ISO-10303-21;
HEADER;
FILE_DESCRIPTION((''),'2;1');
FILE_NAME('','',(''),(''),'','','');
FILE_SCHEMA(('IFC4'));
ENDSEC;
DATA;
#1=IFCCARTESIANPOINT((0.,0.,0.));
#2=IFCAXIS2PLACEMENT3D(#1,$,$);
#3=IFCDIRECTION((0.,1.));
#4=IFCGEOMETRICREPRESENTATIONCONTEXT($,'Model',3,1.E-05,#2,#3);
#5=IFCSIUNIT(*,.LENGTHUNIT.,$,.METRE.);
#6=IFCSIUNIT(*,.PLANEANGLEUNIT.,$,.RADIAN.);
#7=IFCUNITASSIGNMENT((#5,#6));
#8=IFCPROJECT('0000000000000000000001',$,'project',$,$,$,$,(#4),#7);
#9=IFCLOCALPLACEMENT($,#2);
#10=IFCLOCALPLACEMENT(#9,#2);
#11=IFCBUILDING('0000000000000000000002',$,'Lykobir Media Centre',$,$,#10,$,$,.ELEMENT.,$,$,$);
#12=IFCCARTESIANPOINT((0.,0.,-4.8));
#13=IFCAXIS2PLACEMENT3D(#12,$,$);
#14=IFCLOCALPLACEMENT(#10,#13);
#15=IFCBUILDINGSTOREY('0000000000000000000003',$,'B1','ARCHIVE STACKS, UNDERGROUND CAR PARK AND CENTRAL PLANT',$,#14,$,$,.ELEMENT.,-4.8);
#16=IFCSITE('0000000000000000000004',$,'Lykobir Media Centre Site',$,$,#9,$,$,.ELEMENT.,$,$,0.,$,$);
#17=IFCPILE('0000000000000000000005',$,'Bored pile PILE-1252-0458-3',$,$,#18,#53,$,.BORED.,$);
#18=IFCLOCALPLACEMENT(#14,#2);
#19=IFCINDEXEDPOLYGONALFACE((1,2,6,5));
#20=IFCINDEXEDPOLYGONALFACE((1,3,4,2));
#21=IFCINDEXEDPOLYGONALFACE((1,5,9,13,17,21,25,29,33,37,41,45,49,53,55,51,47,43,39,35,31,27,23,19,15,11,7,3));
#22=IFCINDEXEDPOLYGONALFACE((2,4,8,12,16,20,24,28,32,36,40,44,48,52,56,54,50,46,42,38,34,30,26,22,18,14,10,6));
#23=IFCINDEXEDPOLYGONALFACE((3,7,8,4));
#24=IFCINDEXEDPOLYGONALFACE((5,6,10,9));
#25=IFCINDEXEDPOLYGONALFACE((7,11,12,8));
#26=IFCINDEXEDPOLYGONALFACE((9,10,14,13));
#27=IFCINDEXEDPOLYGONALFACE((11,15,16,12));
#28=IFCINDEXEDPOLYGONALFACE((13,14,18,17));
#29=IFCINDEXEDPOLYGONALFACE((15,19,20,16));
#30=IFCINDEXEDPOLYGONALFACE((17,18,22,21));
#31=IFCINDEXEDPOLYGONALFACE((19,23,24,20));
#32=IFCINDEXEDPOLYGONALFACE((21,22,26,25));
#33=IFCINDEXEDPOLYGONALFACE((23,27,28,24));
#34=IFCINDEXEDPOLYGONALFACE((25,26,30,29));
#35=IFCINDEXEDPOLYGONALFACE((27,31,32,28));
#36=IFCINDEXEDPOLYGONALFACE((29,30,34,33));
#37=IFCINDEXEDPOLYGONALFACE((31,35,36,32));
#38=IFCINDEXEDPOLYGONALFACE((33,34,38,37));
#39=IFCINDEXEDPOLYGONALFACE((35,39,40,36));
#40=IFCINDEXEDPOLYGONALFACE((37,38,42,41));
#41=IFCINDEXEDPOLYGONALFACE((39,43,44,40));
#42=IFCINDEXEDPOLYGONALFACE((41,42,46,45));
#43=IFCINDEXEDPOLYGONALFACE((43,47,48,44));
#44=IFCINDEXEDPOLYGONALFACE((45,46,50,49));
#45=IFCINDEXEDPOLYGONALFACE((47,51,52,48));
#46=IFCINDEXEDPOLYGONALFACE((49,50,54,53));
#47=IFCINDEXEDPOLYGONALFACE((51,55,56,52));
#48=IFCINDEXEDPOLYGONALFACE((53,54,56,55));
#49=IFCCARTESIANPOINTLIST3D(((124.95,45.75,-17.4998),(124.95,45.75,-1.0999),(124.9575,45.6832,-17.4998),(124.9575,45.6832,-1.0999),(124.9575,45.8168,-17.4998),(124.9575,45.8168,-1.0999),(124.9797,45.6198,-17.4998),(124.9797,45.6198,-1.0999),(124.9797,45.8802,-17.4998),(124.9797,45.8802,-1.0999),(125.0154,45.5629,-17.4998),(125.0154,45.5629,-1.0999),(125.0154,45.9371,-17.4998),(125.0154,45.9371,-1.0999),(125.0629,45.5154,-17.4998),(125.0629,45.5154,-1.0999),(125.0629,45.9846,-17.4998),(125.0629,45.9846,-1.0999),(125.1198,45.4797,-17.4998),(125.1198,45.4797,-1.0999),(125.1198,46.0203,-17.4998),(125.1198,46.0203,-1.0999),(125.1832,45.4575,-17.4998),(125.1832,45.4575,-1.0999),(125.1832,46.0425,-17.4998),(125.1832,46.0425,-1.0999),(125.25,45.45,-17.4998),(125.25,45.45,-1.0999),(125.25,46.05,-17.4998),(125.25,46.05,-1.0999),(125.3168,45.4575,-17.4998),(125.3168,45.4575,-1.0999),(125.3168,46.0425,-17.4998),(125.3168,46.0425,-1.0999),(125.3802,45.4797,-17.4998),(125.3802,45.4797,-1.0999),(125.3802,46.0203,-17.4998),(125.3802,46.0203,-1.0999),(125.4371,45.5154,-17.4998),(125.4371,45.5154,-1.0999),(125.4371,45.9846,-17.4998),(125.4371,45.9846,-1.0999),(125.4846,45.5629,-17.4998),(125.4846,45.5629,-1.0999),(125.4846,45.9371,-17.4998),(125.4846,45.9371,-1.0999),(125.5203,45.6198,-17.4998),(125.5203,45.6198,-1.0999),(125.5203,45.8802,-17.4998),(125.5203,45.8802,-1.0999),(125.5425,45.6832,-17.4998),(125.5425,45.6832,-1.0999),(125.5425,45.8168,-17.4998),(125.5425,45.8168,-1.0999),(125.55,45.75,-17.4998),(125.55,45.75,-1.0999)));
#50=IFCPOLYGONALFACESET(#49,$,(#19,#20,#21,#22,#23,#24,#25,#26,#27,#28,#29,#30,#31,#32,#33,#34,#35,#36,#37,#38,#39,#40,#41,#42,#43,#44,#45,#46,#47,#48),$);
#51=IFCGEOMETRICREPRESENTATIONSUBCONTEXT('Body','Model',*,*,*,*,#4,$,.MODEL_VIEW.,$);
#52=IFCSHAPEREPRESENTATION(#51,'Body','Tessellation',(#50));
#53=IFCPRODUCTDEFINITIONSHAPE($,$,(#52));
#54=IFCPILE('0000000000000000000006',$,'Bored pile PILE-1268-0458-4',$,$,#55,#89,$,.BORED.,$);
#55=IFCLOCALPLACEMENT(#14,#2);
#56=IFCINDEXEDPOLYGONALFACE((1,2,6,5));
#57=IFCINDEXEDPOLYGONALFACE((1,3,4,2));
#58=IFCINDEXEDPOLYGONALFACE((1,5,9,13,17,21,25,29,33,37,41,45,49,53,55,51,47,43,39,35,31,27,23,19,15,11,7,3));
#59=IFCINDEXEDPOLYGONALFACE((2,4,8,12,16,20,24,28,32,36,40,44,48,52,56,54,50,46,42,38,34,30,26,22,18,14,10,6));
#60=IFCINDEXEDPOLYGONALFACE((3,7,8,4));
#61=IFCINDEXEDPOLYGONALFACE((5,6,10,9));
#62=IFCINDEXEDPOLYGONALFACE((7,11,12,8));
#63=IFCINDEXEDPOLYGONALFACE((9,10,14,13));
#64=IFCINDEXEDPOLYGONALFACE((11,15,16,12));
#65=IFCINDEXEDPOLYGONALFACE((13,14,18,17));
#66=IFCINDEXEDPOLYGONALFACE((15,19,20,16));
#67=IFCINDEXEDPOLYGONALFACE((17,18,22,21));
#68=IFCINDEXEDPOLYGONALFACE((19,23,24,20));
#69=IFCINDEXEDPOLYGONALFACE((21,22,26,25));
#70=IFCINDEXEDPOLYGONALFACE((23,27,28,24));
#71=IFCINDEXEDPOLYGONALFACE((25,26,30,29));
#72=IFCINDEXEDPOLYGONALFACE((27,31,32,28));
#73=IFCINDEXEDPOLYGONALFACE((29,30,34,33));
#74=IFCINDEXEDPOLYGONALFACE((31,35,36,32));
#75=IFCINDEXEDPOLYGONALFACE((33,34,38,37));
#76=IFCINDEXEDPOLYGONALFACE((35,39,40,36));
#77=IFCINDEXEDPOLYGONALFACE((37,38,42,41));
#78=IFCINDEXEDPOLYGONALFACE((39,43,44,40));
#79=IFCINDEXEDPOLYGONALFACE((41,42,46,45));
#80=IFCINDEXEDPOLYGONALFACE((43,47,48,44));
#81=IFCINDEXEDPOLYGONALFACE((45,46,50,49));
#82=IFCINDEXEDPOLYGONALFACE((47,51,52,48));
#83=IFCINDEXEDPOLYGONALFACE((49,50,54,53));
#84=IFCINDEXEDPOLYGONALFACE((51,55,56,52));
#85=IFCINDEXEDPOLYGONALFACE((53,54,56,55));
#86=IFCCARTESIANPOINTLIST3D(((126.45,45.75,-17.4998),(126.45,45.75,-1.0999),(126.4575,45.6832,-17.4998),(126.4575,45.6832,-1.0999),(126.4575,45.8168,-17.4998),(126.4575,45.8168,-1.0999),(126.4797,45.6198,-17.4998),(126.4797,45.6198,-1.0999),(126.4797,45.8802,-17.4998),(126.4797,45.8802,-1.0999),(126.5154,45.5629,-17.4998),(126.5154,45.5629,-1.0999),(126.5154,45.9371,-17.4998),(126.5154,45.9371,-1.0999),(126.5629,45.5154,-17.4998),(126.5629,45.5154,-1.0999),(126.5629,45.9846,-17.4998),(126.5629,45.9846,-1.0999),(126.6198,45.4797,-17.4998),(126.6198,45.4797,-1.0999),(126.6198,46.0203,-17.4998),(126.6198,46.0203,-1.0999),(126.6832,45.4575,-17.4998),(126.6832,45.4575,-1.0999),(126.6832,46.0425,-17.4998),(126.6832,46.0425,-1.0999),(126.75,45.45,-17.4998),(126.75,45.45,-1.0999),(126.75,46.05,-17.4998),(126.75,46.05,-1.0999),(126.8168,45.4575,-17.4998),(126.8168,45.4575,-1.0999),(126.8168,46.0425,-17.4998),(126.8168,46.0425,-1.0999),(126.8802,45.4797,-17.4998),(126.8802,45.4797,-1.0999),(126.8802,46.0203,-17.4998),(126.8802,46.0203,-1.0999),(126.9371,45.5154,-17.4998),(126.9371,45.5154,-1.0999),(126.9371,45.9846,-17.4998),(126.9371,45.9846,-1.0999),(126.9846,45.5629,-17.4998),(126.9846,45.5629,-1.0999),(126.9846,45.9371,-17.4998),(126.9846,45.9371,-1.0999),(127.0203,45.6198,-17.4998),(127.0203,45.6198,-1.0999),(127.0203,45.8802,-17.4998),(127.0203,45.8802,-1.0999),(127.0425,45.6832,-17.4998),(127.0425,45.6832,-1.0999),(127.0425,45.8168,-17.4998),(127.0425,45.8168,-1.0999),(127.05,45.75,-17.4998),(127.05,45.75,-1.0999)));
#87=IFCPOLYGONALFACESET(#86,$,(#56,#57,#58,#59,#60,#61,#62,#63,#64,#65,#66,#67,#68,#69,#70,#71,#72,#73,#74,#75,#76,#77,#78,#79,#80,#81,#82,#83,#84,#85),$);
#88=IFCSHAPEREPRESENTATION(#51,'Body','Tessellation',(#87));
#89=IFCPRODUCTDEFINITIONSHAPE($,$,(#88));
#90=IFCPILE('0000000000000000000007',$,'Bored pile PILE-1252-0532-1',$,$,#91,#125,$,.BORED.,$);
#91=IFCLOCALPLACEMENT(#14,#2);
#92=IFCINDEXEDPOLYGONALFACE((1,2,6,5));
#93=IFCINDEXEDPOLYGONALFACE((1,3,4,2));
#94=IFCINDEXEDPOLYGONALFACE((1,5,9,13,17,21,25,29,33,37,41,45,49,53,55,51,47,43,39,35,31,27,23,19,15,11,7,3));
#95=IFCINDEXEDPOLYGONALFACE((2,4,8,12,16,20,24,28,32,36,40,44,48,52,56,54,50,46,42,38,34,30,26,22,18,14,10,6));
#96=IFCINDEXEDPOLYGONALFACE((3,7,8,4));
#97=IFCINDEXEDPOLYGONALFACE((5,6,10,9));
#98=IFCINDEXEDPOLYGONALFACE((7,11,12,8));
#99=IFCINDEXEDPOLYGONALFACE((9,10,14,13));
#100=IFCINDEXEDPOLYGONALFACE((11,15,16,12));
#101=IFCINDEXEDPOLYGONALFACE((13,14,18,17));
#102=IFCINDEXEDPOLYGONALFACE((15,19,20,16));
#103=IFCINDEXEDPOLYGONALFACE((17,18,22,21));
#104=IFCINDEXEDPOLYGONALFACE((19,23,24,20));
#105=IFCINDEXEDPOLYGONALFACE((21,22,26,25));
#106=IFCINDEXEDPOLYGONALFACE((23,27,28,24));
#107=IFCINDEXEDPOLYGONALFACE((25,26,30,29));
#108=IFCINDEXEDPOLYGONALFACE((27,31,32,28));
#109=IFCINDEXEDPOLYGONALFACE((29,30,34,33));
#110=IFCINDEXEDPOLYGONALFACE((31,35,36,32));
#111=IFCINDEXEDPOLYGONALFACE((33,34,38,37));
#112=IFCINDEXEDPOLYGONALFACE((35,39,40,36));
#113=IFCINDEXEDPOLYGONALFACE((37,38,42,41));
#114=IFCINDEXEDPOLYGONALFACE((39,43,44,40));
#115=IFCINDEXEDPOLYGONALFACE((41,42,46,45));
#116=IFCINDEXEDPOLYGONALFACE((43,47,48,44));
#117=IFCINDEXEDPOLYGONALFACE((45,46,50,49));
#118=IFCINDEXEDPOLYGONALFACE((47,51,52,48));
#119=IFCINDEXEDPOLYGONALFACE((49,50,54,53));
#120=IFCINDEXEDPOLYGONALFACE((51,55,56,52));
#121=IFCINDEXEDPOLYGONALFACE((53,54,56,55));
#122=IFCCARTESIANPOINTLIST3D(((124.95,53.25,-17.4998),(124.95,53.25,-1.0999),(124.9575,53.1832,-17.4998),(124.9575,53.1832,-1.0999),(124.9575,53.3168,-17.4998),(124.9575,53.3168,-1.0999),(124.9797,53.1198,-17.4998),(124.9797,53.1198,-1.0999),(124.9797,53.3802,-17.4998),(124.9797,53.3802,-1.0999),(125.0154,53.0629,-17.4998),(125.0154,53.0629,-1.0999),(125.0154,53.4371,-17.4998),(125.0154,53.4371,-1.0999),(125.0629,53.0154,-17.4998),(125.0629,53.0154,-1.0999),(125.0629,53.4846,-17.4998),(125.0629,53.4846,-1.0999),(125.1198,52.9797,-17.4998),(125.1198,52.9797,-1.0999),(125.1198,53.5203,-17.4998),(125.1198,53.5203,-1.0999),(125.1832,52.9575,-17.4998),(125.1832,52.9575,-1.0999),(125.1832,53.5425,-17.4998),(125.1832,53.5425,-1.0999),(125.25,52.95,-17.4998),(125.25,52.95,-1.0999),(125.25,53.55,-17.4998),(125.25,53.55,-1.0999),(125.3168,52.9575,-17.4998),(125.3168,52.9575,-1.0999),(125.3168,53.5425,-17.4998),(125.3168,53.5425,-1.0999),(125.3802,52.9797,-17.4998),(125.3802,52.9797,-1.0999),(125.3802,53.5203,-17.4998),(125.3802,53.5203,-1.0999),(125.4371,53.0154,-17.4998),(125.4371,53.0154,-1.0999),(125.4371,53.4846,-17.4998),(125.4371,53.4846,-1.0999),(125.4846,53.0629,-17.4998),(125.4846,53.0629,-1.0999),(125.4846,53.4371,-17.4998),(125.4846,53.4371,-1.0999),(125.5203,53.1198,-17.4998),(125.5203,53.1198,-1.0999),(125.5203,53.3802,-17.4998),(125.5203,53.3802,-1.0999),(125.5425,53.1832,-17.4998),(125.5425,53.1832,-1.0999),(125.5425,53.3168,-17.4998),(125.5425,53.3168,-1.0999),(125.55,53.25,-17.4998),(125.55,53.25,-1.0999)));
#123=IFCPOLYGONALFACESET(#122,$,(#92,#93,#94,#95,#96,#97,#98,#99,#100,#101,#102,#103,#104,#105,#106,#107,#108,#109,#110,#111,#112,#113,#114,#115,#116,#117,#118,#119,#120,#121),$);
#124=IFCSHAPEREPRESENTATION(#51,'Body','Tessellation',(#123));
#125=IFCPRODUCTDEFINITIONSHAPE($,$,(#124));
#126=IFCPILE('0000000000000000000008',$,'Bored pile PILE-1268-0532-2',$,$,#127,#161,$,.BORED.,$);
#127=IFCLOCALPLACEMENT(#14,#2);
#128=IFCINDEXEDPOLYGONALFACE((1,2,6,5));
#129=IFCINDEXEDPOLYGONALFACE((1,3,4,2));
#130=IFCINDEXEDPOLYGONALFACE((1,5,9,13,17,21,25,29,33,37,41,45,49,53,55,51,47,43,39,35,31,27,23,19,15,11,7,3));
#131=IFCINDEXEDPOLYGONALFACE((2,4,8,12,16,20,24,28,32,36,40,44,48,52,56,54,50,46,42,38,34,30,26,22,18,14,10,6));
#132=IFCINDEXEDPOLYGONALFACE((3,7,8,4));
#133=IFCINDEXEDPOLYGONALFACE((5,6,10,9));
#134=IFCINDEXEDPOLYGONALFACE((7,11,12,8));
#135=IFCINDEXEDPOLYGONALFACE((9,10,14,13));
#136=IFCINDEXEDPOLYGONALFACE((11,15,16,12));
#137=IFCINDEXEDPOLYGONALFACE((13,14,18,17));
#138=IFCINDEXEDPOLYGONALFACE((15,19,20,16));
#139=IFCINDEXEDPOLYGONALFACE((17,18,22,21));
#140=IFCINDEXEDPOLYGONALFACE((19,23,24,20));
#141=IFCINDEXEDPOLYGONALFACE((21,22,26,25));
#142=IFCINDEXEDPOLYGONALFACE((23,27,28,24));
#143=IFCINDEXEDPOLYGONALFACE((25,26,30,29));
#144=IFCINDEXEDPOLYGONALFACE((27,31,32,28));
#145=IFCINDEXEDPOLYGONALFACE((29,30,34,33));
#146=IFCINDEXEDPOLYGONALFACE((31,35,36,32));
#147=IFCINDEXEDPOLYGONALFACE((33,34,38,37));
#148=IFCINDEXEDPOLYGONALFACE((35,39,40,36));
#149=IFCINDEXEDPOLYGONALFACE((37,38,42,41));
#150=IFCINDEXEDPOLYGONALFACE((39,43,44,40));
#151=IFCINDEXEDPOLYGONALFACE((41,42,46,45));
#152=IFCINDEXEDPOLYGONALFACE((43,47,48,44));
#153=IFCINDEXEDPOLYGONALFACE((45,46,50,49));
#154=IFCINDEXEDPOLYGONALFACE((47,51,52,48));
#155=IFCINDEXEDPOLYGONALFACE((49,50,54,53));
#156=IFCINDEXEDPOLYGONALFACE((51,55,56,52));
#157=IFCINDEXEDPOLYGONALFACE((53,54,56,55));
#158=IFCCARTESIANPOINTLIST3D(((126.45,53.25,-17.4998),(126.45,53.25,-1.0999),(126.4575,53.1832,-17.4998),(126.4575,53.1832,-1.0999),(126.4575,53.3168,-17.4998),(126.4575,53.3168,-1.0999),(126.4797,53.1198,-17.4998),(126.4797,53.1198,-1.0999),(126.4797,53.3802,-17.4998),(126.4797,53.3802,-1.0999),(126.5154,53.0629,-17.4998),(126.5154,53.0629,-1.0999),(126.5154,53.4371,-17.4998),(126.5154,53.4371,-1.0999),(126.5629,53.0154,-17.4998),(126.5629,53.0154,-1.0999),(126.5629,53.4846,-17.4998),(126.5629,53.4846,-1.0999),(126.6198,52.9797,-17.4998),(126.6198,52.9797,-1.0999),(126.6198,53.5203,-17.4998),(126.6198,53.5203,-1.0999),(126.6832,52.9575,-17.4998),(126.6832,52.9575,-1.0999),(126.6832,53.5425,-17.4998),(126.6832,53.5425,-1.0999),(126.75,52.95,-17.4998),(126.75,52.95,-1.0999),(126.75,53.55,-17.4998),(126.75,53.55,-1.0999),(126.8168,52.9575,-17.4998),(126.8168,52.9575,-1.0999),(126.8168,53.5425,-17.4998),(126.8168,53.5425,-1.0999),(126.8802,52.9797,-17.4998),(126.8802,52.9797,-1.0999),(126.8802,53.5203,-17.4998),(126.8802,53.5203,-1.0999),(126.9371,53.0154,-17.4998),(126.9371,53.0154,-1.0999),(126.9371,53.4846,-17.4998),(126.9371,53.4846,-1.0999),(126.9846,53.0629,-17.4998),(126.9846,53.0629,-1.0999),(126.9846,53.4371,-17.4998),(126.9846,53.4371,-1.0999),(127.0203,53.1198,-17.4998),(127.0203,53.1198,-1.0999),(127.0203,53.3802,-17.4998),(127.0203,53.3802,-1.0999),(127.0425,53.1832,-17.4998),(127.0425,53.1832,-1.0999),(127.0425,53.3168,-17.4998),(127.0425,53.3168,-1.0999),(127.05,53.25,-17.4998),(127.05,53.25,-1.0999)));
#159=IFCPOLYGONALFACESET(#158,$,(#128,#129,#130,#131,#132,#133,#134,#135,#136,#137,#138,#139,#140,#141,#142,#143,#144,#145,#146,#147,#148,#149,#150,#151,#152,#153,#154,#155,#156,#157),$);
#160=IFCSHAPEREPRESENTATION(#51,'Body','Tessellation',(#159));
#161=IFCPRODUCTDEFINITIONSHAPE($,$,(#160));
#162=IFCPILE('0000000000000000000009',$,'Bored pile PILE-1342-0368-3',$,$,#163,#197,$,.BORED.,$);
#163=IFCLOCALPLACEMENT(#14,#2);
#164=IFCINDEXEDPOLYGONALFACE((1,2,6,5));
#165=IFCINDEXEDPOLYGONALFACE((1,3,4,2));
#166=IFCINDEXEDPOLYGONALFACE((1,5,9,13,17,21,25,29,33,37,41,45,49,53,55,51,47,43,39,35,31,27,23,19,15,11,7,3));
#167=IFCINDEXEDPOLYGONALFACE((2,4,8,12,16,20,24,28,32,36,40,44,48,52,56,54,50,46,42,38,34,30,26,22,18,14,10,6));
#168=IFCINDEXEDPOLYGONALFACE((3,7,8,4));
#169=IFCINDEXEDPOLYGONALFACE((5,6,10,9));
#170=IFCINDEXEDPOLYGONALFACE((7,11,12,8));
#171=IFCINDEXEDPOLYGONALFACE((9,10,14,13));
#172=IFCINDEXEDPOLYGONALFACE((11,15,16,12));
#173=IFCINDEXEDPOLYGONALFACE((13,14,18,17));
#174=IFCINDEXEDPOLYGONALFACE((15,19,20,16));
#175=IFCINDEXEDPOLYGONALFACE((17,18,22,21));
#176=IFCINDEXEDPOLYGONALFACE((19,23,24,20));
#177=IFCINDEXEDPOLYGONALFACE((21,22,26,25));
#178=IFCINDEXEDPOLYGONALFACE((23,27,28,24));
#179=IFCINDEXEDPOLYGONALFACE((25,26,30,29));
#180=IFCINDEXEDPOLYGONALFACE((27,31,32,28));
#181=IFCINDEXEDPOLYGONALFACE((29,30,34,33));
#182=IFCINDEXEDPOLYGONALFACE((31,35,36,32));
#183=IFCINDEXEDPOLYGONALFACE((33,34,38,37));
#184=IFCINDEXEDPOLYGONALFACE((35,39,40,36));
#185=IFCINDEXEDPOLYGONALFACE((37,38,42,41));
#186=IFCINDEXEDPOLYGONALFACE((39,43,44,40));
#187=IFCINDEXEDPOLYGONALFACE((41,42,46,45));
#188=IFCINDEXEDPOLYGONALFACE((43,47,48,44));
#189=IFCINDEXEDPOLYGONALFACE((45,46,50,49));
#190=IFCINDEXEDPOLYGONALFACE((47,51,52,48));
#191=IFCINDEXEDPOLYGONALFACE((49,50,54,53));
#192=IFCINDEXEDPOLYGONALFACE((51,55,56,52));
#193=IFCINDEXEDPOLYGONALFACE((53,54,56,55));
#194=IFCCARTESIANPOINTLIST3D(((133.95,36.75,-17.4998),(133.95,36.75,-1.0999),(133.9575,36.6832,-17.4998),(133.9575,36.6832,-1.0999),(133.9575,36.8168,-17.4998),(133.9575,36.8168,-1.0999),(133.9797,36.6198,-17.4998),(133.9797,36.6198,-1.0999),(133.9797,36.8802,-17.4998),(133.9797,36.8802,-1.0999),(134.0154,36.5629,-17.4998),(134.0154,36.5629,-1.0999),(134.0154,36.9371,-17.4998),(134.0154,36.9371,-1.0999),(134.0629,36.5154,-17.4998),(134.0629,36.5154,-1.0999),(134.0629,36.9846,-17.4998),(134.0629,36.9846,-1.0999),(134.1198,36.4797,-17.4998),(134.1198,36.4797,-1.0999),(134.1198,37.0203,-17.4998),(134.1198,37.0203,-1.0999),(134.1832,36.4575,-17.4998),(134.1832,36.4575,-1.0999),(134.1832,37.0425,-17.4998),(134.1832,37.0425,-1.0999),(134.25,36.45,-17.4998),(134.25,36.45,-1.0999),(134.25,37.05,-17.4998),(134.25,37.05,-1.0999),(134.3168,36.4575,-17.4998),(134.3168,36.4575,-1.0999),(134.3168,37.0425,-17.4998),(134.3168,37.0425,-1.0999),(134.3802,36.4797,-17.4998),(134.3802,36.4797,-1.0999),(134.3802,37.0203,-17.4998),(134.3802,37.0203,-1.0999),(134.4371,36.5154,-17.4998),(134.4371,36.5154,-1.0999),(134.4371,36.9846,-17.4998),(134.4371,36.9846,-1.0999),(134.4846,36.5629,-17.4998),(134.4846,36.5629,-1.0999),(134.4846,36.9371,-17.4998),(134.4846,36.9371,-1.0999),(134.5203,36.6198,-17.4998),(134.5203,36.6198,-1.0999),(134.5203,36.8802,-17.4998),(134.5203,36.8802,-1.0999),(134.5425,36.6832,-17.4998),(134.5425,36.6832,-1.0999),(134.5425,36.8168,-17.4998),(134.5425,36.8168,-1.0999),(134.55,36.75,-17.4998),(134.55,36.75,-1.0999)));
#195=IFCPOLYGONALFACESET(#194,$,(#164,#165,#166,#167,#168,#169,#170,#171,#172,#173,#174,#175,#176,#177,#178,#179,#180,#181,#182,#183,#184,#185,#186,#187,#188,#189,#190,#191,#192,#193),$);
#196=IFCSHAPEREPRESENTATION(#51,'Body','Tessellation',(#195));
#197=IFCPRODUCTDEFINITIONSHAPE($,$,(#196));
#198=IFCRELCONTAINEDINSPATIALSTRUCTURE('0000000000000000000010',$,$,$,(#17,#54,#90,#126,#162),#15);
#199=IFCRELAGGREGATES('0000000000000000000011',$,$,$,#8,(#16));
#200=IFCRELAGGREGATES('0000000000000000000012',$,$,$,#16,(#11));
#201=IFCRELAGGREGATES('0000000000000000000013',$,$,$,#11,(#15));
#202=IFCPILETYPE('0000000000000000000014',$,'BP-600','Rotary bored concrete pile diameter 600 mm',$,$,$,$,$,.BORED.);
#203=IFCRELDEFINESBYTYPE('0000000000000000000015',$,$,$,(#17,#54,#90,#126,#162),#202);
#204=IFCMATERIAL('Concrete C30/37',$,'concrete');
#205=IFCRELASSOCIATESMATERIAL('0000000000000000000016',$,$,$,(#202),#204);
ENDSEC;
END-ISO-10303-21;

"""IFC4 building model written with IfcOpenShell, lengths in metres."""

from ifc_helpers import new_model, si_unit, direction, frame, origin, origin_2d, place, context, subcontext, project, spatial, circle, extrude, material, material_profile, profile_set, type_object, element, save


model = new_model("IFC4")

# Units and contexts
model_context = context("Model", 3, precision=1e-05, world=origin(), true_north=direction((0.0, 1.0)))
body_context = subcontext(model_context, "Body", "Model", "MODEL_VIEW")
ifc_project = project(units=[si_unit("LENGTHUNIT", "METRE"), si_unit("PLANEANGLEUNIT", "RADIAN")], contexts=[model_context])

# Site, building, storey
site_placement = place(None, origin())
site = spatial("IfcSite", under=ifc_project, at=site_placement, Name="Lykobir Media Centre Site", CompositionType="ELEMENT", RefElevation=0.0)
building_placement = place(site_placement, origin())
building = spatial("IfcBuilding", under=site, at=building_placement, Name="Lykobir Media Centre", CompositionType="ELEMENT")
storey_placement = place(building_placement, frame((0.0, 0.0, -4.8)))
storey = spatial("IfcBuildingStorey", under=building, at=storey_placement, Name="B1", Description="ARCHIVE STACKS, UNDERGROUND CAR PARK AND CENTRAL PLANT", CompositionType="ELEMENT", Elevation=-4.8)

# Piles
ifc_material_1 = material(Name="Concrete C30/37", Category="concrete")
ifc_material_profile_1 = material_profile(ifc_material_1, circle(Radius=0.3, at=origin_2d()), Name="BORED PILE D600")
ifc_profile_set_1 = profile_set([ifc_material_profile_1], Name="Concrete C30/37")
pile_type = type_object("IfcPileType", Name="BP-600", Description="Rotary bored concrete pile diameter 600 mm", PredefinedType="BORED", material=ifc_profile_set_1)
for number, where, z_axis, x_axis, name in (
    (1, (125.25, 45.75, -1.0999), (0.0, 0.0, -1.0), (1.0, 0.0, 0.0), "Bored pile PILE-1252-0458-3"),
    (2, (126.75, 45.75, -1.0999), (0.0, 0.0, -1.0), (1.0, 0.0, 0.0), "Bored pile PILE-1268-0458-4"),
    (3, (125.25, 53.25, -1.0999), (0.0, 0.0, -1.0), (1.0, 0.0, 0.0), "Bored pile PILE-1252-0532-1"),
    (4, (126.75, 53.25, -1.0999), (0.0, 0.0, -1.0), (1.0, 0.0, 0.0), "Bored pile PILE-1268-0532-2"),
    (5, (134.25, 36.75, -1.0999), (0.0, 0.0, -1.0), (1.0, 0.0, 0.0), "Bored pile PILE-1342-0368-3"),
):
    element("IfcPile", number, at=place(storey_placement, frame(where, z_axis=z_axis, x_axis=x_axis)), inside=storey, type_object=pile_type, Name=name, PredefinedType="BORED", context=body_context, shape_type="SweptSolid", body=[
        extrude(circle(Radius=0.3, at=origin_2d()), origin(), (0.0, 0.0, 1.0), 16.3999),
    ])

save(model, "model.ifc")
